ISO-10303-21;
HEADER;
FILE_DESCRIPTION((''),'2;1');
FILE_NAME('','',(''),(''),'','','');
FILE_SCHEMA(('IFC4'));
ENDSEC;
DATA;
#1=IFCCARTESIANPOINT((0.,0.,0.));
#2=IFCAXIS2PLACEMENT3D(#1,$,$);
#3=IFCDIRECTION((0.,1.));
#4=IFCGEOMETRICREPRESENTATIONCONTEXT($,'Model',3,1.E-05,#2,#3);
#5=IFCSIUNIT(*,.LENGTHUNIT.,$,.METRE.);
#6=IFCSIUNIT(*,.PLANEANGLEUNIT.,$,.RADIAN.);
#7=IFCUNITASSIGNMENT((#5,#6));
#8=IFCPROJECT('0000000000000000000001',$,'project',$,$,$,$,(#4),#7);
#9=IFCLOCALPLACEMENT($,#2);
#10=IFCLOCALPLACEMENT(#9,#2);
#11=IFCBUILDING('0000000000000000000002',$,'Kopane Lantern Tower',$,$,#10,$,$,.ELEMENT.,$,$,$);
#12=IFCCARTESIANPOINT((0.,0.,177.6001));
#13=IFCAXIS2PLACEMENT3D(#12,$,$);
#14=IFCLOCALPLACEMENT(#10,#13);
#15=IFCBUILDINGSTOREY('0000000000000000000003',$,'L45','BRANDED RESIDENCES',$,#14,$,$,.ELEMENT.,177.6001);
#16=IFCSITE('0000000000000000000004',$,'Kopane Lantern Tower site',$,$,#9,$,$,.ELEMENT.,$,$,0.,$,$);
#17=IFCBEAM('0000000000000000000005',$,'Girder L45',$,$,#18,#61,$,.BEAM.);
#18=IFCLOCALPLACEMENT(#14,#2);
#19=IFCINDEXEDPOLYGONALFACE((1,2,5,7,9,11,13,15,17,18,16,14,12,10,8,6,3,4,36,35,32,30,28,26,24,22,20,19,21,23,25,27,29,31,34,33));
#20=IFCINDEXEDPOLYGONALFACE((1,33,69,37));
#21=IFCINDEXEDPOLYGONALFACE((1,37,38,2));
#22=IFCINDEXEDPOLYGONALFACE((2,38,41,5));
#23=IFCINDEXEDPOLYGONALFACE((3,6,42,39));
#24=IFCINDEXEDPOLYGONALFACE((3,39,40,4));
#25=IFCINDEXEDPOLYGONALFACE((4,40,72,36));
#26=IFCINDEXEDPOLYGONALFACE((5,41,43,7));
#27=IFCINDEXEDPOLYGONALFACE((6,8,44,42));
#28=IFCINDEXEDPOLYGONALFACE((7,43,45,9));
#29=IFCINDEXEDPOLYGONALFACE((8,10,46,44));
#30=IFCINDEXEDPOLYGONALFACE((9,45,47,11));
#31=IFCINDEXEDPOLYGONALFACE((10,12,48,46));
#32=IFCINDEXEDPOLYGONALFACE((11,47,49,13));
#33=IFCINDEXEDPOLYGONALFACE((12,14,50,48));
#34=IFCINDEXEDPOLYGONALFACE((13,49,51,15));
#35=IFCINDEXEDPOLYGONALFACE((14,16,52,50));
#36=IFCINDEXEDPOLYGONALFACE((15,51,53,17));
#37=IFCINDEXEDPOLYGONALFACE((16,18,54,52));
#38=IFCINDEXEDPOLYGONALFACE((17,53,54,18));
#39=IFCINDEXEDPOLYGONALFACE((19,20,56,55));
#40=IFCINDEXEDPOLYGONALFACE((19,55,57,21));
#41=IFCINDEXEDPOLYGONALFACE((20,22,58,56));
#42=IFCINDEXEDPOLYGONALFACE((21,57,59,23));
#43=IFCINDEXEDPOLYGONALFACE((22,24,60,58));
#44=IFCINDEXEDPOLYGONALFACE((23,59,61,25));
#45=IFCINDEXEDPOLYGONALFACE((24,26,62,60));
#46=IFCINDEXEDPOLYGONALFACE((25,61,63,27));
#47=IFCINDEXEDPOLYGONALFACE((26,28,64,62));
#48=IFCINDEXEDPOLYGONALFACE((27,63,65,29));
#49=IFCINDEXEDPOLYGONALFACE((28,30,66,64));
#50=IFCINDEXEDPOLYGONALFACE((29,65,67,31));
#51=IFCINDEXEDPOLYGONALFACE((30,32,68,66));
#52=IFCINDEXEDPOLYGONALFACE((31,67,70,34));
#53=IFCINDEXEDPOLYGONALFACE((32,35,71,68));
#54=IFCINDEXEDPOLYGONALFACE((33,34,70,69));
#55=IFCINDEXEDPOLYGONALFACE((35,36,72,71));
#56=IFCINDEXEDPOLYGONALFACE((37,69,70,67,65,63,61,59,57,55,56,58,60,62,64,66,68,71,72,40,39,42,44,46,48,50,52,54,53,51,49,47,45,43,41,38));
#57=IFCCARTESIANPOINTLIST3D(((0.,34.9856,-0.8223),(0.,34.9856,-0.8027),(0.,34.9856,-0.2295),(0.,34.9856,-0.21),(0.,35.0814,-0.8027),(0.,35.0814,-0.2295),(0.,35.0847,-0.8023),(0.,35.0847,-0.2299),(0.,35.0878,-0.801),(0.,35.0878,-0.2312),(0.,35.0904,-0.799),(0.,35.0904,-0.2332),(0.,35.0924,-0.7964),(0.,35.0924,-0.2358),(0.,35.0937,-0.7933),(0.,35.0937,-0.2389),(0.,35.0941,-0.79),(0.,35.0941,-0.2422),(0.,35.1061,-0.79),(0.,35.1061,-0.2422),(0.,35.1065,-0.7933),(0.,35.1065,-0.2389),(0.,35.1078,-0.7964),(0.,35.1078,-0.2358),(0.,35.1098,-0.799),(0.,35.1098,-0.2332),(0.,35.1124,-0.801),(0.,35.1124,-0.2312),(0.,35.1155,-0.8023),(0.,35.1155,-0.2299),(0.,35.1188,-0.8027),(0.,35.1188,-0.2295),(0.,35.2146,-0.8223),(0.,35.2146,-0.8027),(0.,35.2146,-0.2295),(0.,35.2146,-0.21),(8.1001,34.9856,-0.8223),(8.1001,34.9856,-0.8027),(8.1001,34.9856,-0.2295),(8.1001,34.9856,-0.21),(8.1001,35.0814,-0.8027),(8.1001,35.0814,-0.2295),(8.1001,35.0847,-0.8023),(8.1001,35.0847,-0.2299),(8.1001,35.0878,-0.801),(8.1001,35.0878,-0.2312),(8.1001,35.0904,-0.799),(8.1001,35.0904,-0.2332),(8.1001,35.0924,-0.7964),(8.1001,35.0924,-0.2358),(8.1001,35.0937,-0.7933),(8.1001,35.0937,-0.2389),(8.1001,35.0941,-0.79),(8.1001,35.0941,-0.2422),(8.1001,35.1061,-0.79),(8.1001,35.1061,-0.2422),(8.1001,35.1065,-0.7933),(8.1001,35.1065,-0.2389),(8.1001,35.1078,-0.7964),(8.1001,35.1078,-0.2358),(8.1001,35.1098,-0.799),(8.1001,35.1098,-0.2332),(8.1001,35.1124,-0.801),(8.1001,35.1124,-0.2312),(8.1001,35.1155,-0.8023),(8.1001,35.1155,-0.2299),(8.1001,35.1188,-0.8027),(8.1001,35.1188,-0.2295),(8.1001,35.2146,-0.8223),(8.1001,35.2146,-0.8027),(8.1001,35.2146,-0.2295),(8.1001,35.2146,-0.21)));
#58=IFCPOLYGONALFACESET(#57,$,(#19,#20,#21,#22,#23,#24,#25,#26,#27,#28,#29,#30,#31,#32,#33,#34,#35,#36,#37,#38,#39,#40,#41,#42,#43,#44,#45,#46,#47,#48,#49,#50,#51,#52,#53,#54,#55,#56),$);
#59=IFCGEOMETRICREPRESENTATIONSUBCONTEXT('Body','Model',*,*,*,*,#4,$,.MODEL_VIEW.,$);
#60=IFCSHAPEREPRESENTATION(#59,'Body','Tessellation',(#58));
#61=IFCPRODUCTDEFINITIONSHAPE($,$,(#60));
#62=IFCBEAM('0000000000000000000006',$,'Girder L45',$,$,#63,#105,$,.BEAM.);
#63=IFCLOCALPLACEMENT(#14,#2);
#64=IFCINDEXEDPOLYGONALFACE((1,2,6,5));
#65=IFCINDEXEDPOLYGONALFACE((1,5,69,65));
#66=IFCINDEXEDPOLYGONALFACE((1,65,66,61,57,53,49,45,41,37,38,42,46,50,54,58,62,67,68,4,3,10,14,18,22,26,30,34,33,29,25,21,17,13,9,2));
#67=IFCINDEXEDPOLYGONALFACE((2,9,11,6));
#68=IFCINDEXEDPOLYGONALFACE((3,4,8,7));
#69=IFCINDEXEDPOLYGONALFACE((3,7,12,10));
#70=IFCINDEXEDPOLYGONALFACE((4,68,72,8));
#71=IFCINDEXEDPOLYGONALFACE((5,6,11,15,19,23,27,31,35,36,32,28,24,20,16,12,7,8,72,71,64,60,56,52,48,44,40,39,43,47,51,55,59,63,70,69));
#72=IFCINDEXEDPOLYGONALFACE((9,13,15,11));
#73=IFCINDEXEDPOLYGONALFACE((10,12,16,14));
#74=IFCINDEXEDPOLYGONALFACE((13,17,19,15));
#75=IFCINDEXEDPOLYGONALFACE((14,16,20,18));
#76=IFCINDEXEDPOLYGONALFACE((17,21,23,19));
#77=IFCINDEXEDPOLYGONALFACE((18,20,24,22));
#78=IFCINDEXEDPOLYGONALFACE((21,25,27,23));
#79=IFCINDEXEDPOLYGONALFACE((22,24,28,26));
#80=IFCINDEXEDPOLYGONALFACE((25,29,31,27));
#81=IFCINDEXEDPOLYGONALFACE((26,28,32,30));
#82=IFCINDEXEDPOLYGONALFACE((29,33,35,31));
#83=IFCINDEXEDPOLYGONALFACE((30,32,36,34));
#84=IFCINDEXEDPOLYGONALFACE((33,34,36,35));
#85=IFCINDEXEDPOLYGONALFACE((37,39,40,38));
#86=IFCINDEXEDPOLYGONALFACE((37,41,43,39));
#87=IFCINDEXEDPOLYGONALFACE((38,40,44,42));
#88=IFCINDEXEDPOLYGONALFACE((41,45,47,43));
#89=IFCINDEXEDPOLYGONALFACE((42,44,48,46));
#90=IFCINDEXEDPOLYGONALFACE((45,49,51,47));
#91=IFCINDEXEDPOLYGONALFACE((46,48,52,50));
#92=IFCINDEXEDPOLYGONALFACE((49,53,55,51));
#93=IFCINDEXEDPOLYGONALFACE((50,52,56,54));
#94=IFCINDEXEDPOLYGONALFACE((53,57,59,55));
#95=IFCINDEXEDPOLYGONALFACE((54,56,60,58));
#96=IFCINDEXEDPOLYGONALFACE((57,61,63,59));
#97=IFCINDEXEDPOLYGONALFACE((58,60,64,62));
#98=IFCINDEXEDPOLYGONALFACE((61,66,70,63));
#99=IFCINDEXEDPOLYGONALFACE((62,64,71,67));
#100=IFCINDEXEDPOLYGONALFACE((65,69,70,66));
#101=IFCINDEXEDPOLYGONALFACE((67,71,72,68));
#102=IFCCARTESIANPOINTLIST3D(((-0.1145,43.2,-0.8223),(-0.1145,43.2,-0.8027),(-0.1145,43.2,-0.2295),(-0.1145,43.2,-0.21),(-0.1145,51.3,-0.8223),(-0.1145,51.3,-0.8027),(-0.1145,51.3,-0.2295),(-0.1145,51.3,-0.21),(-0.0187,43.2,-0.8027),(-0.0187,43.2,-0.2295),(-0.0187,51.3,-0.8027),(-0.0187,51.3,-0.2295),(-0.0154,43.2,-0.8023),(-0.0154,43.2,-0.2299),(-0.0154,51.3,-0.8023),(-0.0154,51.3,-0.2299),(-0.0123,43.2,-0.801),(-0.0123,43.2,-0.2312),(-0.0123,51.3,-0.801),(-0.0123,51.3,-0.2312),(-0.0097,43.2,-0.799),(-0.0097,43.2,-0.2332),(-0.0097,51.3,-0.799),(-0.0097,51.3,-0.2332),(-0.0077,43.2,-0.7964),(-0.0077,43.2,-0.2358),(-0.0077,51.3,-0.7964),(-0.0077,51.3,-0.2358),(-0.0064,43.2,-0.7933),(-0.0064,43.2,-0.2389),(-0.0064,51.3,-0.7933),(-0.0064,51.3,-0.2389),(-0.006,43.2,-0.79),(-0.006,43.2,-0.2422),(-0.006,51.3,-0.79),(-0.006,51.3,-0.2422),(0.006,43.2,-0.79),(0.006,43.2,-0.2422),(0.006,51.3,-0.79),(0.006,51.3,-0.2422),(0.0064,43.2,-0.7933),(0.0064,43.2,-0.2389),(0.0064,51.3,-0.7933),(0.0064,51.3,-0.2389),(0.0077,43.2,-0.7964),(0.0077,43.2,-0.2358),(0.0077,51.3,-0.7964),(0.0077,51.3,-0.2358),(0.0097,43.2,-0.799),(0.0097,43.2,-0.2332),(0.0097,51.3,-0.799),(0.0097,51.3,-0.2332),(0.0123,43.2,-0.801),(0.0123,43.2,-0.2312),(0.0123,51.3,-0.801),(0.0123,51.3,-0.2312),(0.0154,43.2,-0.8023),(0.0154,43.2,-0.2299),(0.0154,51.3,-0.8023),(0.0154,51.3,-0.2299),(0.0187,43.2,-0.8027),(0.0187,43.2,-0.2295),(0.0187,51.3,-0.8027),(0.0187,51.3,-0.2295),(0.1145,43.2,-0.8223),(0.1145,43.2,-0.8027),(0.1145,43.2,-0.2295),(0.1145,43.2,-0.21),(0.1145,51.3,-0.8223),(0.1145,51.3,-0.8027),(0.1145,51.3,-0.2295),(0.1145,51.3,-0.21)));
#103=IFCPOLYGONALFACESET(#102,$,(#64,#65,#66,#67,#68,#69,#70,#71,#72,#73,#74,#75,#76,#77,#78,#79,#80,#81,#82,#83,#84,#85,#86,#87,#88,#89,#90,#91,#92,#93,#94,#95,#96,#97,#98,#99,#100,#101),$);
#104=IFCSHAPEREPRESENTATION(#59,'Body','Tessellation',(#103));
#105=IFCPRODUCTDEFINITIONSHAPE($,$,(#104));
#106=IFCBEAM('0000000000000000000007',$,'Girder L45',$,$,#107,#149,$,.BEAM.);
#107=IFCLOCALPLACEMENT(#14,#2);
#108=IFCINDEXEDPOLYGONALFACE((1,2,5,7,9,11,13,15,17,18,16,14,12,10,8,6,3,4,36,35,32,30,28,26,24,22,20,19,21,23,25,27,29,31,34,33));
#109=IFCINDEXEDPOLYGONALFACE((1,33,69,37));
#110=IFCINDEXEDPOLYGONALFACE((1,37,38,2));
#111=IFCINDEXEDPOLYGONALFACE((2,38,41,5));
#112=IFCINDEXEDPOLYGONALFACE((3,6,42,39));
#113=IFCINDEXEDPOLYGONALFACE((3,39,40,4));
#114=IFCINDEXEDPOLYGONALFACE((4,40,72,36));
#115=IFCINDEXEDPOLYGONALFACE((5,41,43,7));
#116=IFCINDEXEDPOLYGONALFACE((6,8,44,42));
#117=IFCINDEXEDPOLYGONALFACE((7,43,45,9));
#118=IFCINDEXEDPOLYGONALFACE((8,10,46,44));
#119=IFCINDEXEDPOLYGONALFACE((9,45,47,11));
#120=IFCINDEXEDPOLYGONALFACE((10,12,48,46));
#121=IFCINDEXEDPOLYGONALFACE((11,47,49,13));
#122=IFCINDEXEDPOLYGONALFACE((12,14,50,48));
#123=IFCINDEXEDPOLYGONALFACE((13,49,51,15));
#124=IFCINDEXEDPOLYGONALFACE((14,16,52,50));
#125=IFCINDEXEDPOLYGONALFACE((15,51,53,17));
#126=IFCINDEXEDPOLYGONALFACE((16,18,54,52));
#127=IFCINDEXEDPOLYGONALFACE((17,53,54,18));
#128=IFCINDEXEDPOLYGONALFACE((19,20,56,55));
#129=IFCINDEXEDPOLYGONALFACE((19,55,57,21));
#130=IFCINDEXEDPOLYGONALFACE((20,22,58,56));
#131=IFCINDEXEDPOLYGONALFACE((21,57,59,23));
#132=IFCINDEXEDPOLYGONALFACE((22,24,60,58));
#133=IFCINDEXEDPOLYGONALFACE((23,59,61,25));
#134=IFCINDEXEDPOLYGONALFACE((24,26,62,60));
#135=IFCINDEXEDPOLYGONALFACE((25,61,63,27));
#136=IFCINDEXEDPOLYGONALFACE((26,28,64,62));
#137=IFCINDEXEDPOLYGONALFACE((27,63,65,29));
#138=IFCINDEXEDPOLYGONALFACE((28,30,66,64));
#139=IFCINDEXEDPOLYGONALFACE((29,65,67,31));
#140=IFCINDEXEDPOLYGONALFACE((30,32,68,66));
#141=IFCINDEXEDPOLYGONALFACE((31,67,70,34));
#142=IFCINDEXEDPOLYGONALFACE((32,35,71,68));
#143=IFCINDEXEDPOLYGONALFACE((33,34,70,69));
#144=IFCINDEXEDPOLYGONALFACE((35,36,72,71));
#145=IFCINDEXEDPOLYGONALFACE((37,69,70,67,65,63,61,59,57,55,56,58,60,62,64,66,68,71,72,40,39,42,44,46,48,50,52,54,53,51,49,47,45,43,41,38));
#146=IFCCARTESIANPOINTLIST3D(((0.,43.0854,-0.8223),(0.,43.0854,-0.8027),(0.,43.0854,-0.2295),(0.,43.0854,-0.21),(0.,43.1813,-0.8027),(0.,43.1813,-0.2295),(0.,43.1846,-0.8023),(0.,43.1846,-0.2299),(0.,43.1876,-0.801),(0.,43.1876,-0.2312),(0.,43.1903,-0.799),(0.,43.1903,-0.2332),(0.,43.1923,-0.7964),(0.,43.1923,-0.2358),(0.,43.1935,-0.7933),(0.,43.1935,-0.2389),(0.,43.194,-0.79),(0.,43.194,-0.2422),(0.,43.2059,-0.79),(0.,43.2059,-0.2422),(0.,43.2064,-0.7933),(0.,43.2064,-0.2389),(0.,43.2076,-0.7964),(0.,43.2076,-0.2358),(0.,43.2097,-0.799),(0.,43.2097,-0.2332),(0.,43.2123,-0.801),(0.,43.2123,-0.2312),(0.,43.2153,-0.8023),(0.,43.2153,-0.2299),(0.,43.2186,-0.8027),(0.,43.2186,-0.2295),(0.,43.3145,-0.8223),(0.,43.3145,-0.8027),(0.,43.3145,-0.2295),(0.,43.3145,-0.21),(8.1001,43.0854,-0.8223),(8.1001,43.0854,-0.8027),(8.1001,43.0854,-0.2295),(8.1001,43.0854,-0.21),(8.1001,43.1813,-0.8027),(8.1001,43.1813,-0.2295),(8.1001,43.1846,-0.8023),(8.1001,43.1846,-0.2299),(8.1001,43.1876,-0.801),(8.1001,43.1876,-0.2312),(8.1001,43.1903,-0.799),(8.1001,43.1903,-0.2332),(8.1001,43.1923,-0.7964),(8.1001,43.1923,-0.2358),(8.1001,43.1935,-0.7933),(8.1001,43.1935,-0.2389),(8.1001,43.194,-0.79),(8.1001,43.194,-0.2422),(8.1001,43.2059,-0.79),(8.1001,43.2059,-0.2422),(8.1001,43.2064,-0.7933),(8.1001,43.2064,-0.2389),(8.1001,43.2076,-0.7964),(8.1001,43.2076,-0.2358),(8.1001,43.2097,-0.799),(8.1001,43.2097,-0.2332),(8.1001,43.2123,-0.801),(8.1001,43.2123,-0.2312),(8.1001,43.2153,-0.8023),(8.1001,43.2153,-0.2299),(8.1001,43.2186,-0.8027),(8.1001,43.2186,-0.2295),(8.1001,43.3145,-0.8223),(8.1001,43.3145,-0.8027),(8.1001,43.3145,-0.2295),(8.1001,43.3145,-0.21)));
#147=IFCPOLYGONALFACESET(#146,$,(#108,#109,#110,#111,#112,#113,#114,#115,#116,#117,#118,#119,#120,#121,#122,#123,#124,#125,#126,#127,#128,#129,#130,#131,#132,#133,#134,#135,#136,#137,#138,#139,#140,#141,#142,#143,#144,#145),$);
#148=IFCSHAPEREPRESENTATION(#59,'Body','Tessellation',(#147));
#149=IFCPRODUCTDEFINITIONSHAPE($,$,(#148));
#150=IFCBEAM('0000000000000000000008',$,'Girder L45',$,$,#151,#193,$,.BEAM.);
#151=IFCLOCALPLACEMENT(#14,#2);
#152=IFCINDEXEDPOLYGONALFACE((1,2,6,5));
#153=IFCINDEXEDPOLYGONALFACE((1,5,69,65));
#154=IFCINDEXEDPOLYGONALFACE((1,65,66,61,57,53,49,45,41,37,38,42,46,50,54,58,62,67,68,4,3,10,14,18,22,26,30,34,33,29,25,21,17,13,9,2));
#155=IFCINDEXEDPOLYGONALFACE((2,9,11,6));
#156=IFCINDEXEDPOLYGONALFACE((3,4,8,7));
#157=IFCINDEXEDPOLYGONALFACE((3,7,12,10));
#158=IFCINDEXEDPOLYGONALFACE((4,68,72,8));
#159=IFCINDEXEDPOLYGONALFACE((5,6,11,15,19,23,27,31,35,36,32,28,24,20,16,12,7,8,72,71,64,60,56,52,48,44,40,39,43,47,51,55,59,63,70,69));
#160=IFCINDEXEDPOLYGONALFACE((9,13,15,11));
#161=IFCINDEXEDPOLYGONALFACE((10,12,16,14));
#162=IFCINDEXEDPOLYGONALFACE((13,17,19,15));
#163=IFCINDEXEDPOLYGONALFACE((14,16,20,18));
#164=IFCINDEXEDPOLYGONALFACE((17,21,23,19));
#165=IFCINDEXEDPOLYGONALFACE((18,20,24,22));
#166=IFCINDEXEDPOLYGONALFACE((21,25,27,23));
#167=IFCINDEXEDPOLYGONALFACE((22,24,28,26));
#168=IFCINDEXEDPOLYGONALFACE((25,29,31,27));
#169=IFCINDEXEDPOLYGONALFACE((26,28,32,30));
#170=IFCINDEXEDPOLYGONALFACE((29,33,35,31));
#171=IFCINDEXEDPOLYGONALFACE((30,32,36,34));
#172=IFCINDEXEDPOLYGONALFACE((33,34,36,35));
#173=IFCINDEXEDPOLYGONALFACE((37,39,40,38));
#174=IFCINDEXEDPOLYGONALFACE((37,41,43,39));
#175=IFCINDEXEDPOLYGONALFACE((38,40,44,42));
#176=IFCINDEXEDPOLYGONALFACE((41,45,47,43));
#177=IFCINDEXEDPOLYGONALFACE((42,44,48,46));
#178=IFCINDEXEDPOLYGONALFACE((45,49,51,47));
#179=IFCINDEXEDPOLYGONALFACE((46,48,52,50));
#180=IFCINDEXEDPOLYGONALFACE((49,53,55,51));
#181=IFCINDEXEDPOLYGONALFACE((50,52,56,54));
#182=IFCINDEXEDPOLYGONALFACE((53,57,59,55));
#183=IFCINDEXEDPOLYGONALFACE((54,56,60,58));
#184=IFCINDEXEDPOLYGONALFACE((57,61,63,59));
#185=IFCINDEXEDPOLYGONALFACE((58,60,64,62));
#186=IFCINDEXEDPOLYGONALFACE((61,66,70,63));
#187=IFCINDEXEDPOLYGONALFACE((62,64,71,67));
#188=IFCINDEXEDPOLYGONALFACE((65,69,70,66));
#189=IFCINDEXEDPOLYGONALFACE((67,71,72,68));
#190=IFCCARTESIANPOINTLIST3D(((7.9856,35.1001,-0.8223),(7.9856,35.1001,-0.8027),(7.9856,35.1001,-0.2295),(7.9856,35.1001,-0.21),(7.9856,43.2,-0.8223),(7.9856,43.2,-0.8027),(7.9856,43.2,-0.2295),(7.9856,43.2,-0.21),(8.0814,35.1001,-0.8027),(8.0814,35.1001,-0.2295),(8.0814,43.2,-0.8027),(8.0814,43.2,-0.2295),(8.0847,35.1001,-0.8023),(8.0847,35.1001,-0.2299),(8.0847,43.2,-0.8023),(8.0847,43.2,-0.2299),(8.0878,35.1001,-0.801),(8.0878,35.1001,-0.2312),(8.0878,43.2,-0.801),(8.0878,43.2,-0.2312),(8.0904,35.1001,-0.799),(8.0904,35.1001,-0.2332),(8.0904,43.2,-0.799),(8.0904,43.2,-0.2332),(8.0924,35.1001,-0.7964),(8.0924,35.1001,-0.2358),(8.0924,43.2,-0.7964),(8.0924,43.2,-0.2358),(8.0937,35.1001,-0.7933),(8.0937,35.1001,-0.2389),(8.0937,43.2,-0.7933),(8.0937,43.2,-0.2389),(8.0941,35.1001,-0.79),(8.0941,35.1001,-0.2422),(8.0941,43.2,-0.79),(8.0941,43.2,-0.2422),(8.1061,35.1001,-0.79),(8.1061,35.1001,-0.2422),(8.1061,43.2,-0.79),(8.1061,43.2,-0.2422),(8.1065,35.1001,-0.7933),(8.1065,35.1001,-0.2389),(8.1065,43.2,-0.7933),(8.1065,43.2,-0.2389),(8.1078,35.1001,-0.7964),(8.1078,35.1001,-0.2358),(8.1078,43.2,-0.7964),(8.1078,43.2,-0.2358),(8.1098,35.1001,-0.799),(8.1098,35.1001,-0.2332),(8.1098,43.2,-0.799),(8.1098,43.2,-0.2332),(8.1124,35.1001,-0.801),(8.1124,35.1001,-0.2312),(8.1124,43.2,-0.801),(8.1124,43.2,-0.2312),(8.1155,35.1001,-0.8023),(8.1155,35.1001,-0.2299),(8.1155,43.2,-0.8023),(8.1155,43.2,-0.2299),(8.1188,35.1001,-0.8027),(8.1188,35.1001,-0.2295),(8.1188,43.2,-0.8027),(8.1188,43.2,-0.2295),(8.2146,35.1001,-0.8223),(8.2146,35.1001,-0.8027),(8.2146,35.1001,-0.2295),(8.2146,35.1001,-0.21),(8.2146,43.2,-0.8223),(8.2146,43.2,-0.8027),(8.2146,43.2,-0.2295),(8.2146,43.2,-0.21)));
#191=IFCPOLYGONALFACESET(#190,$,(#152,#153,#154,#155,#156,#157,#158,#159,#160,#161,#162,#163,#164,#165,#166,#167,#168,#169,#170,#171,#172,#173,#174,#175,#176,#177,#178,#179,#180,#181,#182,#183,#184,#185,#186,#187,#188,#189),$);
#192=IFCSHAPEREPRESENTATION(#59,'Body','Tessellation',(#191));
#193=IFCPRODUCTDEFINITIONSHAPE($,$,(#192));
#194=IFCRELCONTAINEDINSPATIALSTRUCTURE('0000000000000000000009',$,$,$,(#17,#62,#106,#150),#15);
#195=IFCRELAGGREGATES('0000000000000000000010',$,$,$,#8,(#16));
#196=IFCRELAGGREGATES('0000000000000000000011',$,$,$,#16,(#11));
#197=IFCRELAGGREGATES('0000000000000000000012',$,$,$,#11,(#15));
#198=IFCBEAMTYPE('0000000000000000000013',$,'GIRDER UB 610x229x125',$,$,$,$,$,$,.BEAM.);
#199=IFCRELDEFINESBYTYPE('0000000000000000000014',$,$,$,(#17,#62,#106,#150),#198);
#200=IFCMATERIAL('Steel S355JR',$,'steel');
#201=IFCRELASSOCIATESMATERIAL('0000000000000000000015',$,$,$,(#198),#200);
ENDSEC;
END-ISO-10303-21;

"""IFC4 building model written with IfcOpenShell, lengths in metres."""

from ifc_helpers import new_model, si_unit, direction, frame, origin, origin_2d, place, context, subcontext, project, spatial, i_section, extrude, material, material_profile, profile_set, type_object, element, save


model = new_model("IFC4")

# Units and contexts
model_context = context("Model", 3, precision=1e-05, world=origin(), true_north=direction((0.0, 1.0)))
body_context = subcontext(model_context, "Body", "Model", "MODEL_VIEW")
ifc_project = project(units=[si_unit("LENGTHUNIT", "METRE"), si_unit("PLANEANGLEUNIT", "RADIAN")], contexts=[model_context])

# Site, building, storey
site_placement = place(None, origin())
site = spatial("IfcSite", under=ifc_project, at=site_placement, Name="Kopane Lantern Tower site", CompositionType="ELEMENT", RefElevation=0.0)
building_placement = place(site_placement, origin())
building = spatial("IfcBuilding", under=site, at=building_placement, Name="Kopane Lantern Tower", CompositionType="ELEMENT")
storey_placement = place(building_placement, frame((0.0, 0.0, 177.6001)))
storey = spatial("IfcBuildingStorey", under=building, at=storey_placement, Name="L45", Description="BRANDED RESIDENCES", CompositionType="ELEMENT", Elevation=177.6001)

# Beams
ifc_material_1 = material(Name="Steel S355JR", Category="steel")
ifc_material_profile_1 = material_profile(ifc_material_1, i_section(OverallWidth=0.229, OverallDepth=0.6123, WebThickness=0.012, FlangeThickness=0.0195, FilletRadius=0.0127, at=origin_2d()), Name="UB 610x229x125")
ifc_profile_set_1 = profile_set([ifc_material_profile_1], Name="Steel S355JR")
beam_type = type_object("IfcBeamType", Name="GIRDER UB 610x229x125", PredefinedType="BEAM", material=ifc_profile_set_1)
for number, where, z_axis, x_axis, name in (
    (1, (0.0, 35.1001, -0.5161), (1.0, 0.0, 0.0), (0.0, 1.0, 0.0), "Girder L45"),
    (2, (0.0, 43.2, -0.5161), (0.0, 1.0, 0.0), (-1.0, 0.0, 0.0), "Girder L45"),
    (3, (0.0, 43.2, -0.5161), (1.0, 0.0, 0.0), (0.0, 1.0, 0.0), "Girder L45"),
):
    element("IfcBeam", number, at=place(storey_placement, frame(where, z_axis=z_axis, x_axis=x_axis)), inside=storey, type_object=beam_type, Name=name, PredefinedType="BEAM", context=body_context, shape_type="SweptSolid", body=[
        extrude(i_section(OverallWidth=0.229, OverallDepth=0.6123, WebThickness=0.012, FlangeThickness=0.0195, FilletRadius=0.0127, at=origin_2d()), origin(), (0.0, 0.0, 1.0), 8.1001),
    ])
for number, where, z_axis, x_axis, name in (
    (4, (8.1001, 35.1001, -0.5161), (0.0, 1.0, 0.0), (-1.0, 0.0, 0.0), "Girder L45"),
):
    element("IfcBeam", number, at=place(storey_placement, frame(where, z_axis=z_axis, x_axis=x_axis)), inside=storey, type_object=beam_type, Name=name, PredefinedType="BEAM", context=body_context, shape_type="SweptSolid", body=[
        extrude(i_section(OverallWidth=0.229, OverallDepth=0.6123, WebThickness=0.012, FlangeThickness=0.0195, FilletRadius=0.0127, at=origin_2d()), origin(), (0.0, 0.0, 1.0), 8.0999),
    ])

save(model, "model.ifc")
